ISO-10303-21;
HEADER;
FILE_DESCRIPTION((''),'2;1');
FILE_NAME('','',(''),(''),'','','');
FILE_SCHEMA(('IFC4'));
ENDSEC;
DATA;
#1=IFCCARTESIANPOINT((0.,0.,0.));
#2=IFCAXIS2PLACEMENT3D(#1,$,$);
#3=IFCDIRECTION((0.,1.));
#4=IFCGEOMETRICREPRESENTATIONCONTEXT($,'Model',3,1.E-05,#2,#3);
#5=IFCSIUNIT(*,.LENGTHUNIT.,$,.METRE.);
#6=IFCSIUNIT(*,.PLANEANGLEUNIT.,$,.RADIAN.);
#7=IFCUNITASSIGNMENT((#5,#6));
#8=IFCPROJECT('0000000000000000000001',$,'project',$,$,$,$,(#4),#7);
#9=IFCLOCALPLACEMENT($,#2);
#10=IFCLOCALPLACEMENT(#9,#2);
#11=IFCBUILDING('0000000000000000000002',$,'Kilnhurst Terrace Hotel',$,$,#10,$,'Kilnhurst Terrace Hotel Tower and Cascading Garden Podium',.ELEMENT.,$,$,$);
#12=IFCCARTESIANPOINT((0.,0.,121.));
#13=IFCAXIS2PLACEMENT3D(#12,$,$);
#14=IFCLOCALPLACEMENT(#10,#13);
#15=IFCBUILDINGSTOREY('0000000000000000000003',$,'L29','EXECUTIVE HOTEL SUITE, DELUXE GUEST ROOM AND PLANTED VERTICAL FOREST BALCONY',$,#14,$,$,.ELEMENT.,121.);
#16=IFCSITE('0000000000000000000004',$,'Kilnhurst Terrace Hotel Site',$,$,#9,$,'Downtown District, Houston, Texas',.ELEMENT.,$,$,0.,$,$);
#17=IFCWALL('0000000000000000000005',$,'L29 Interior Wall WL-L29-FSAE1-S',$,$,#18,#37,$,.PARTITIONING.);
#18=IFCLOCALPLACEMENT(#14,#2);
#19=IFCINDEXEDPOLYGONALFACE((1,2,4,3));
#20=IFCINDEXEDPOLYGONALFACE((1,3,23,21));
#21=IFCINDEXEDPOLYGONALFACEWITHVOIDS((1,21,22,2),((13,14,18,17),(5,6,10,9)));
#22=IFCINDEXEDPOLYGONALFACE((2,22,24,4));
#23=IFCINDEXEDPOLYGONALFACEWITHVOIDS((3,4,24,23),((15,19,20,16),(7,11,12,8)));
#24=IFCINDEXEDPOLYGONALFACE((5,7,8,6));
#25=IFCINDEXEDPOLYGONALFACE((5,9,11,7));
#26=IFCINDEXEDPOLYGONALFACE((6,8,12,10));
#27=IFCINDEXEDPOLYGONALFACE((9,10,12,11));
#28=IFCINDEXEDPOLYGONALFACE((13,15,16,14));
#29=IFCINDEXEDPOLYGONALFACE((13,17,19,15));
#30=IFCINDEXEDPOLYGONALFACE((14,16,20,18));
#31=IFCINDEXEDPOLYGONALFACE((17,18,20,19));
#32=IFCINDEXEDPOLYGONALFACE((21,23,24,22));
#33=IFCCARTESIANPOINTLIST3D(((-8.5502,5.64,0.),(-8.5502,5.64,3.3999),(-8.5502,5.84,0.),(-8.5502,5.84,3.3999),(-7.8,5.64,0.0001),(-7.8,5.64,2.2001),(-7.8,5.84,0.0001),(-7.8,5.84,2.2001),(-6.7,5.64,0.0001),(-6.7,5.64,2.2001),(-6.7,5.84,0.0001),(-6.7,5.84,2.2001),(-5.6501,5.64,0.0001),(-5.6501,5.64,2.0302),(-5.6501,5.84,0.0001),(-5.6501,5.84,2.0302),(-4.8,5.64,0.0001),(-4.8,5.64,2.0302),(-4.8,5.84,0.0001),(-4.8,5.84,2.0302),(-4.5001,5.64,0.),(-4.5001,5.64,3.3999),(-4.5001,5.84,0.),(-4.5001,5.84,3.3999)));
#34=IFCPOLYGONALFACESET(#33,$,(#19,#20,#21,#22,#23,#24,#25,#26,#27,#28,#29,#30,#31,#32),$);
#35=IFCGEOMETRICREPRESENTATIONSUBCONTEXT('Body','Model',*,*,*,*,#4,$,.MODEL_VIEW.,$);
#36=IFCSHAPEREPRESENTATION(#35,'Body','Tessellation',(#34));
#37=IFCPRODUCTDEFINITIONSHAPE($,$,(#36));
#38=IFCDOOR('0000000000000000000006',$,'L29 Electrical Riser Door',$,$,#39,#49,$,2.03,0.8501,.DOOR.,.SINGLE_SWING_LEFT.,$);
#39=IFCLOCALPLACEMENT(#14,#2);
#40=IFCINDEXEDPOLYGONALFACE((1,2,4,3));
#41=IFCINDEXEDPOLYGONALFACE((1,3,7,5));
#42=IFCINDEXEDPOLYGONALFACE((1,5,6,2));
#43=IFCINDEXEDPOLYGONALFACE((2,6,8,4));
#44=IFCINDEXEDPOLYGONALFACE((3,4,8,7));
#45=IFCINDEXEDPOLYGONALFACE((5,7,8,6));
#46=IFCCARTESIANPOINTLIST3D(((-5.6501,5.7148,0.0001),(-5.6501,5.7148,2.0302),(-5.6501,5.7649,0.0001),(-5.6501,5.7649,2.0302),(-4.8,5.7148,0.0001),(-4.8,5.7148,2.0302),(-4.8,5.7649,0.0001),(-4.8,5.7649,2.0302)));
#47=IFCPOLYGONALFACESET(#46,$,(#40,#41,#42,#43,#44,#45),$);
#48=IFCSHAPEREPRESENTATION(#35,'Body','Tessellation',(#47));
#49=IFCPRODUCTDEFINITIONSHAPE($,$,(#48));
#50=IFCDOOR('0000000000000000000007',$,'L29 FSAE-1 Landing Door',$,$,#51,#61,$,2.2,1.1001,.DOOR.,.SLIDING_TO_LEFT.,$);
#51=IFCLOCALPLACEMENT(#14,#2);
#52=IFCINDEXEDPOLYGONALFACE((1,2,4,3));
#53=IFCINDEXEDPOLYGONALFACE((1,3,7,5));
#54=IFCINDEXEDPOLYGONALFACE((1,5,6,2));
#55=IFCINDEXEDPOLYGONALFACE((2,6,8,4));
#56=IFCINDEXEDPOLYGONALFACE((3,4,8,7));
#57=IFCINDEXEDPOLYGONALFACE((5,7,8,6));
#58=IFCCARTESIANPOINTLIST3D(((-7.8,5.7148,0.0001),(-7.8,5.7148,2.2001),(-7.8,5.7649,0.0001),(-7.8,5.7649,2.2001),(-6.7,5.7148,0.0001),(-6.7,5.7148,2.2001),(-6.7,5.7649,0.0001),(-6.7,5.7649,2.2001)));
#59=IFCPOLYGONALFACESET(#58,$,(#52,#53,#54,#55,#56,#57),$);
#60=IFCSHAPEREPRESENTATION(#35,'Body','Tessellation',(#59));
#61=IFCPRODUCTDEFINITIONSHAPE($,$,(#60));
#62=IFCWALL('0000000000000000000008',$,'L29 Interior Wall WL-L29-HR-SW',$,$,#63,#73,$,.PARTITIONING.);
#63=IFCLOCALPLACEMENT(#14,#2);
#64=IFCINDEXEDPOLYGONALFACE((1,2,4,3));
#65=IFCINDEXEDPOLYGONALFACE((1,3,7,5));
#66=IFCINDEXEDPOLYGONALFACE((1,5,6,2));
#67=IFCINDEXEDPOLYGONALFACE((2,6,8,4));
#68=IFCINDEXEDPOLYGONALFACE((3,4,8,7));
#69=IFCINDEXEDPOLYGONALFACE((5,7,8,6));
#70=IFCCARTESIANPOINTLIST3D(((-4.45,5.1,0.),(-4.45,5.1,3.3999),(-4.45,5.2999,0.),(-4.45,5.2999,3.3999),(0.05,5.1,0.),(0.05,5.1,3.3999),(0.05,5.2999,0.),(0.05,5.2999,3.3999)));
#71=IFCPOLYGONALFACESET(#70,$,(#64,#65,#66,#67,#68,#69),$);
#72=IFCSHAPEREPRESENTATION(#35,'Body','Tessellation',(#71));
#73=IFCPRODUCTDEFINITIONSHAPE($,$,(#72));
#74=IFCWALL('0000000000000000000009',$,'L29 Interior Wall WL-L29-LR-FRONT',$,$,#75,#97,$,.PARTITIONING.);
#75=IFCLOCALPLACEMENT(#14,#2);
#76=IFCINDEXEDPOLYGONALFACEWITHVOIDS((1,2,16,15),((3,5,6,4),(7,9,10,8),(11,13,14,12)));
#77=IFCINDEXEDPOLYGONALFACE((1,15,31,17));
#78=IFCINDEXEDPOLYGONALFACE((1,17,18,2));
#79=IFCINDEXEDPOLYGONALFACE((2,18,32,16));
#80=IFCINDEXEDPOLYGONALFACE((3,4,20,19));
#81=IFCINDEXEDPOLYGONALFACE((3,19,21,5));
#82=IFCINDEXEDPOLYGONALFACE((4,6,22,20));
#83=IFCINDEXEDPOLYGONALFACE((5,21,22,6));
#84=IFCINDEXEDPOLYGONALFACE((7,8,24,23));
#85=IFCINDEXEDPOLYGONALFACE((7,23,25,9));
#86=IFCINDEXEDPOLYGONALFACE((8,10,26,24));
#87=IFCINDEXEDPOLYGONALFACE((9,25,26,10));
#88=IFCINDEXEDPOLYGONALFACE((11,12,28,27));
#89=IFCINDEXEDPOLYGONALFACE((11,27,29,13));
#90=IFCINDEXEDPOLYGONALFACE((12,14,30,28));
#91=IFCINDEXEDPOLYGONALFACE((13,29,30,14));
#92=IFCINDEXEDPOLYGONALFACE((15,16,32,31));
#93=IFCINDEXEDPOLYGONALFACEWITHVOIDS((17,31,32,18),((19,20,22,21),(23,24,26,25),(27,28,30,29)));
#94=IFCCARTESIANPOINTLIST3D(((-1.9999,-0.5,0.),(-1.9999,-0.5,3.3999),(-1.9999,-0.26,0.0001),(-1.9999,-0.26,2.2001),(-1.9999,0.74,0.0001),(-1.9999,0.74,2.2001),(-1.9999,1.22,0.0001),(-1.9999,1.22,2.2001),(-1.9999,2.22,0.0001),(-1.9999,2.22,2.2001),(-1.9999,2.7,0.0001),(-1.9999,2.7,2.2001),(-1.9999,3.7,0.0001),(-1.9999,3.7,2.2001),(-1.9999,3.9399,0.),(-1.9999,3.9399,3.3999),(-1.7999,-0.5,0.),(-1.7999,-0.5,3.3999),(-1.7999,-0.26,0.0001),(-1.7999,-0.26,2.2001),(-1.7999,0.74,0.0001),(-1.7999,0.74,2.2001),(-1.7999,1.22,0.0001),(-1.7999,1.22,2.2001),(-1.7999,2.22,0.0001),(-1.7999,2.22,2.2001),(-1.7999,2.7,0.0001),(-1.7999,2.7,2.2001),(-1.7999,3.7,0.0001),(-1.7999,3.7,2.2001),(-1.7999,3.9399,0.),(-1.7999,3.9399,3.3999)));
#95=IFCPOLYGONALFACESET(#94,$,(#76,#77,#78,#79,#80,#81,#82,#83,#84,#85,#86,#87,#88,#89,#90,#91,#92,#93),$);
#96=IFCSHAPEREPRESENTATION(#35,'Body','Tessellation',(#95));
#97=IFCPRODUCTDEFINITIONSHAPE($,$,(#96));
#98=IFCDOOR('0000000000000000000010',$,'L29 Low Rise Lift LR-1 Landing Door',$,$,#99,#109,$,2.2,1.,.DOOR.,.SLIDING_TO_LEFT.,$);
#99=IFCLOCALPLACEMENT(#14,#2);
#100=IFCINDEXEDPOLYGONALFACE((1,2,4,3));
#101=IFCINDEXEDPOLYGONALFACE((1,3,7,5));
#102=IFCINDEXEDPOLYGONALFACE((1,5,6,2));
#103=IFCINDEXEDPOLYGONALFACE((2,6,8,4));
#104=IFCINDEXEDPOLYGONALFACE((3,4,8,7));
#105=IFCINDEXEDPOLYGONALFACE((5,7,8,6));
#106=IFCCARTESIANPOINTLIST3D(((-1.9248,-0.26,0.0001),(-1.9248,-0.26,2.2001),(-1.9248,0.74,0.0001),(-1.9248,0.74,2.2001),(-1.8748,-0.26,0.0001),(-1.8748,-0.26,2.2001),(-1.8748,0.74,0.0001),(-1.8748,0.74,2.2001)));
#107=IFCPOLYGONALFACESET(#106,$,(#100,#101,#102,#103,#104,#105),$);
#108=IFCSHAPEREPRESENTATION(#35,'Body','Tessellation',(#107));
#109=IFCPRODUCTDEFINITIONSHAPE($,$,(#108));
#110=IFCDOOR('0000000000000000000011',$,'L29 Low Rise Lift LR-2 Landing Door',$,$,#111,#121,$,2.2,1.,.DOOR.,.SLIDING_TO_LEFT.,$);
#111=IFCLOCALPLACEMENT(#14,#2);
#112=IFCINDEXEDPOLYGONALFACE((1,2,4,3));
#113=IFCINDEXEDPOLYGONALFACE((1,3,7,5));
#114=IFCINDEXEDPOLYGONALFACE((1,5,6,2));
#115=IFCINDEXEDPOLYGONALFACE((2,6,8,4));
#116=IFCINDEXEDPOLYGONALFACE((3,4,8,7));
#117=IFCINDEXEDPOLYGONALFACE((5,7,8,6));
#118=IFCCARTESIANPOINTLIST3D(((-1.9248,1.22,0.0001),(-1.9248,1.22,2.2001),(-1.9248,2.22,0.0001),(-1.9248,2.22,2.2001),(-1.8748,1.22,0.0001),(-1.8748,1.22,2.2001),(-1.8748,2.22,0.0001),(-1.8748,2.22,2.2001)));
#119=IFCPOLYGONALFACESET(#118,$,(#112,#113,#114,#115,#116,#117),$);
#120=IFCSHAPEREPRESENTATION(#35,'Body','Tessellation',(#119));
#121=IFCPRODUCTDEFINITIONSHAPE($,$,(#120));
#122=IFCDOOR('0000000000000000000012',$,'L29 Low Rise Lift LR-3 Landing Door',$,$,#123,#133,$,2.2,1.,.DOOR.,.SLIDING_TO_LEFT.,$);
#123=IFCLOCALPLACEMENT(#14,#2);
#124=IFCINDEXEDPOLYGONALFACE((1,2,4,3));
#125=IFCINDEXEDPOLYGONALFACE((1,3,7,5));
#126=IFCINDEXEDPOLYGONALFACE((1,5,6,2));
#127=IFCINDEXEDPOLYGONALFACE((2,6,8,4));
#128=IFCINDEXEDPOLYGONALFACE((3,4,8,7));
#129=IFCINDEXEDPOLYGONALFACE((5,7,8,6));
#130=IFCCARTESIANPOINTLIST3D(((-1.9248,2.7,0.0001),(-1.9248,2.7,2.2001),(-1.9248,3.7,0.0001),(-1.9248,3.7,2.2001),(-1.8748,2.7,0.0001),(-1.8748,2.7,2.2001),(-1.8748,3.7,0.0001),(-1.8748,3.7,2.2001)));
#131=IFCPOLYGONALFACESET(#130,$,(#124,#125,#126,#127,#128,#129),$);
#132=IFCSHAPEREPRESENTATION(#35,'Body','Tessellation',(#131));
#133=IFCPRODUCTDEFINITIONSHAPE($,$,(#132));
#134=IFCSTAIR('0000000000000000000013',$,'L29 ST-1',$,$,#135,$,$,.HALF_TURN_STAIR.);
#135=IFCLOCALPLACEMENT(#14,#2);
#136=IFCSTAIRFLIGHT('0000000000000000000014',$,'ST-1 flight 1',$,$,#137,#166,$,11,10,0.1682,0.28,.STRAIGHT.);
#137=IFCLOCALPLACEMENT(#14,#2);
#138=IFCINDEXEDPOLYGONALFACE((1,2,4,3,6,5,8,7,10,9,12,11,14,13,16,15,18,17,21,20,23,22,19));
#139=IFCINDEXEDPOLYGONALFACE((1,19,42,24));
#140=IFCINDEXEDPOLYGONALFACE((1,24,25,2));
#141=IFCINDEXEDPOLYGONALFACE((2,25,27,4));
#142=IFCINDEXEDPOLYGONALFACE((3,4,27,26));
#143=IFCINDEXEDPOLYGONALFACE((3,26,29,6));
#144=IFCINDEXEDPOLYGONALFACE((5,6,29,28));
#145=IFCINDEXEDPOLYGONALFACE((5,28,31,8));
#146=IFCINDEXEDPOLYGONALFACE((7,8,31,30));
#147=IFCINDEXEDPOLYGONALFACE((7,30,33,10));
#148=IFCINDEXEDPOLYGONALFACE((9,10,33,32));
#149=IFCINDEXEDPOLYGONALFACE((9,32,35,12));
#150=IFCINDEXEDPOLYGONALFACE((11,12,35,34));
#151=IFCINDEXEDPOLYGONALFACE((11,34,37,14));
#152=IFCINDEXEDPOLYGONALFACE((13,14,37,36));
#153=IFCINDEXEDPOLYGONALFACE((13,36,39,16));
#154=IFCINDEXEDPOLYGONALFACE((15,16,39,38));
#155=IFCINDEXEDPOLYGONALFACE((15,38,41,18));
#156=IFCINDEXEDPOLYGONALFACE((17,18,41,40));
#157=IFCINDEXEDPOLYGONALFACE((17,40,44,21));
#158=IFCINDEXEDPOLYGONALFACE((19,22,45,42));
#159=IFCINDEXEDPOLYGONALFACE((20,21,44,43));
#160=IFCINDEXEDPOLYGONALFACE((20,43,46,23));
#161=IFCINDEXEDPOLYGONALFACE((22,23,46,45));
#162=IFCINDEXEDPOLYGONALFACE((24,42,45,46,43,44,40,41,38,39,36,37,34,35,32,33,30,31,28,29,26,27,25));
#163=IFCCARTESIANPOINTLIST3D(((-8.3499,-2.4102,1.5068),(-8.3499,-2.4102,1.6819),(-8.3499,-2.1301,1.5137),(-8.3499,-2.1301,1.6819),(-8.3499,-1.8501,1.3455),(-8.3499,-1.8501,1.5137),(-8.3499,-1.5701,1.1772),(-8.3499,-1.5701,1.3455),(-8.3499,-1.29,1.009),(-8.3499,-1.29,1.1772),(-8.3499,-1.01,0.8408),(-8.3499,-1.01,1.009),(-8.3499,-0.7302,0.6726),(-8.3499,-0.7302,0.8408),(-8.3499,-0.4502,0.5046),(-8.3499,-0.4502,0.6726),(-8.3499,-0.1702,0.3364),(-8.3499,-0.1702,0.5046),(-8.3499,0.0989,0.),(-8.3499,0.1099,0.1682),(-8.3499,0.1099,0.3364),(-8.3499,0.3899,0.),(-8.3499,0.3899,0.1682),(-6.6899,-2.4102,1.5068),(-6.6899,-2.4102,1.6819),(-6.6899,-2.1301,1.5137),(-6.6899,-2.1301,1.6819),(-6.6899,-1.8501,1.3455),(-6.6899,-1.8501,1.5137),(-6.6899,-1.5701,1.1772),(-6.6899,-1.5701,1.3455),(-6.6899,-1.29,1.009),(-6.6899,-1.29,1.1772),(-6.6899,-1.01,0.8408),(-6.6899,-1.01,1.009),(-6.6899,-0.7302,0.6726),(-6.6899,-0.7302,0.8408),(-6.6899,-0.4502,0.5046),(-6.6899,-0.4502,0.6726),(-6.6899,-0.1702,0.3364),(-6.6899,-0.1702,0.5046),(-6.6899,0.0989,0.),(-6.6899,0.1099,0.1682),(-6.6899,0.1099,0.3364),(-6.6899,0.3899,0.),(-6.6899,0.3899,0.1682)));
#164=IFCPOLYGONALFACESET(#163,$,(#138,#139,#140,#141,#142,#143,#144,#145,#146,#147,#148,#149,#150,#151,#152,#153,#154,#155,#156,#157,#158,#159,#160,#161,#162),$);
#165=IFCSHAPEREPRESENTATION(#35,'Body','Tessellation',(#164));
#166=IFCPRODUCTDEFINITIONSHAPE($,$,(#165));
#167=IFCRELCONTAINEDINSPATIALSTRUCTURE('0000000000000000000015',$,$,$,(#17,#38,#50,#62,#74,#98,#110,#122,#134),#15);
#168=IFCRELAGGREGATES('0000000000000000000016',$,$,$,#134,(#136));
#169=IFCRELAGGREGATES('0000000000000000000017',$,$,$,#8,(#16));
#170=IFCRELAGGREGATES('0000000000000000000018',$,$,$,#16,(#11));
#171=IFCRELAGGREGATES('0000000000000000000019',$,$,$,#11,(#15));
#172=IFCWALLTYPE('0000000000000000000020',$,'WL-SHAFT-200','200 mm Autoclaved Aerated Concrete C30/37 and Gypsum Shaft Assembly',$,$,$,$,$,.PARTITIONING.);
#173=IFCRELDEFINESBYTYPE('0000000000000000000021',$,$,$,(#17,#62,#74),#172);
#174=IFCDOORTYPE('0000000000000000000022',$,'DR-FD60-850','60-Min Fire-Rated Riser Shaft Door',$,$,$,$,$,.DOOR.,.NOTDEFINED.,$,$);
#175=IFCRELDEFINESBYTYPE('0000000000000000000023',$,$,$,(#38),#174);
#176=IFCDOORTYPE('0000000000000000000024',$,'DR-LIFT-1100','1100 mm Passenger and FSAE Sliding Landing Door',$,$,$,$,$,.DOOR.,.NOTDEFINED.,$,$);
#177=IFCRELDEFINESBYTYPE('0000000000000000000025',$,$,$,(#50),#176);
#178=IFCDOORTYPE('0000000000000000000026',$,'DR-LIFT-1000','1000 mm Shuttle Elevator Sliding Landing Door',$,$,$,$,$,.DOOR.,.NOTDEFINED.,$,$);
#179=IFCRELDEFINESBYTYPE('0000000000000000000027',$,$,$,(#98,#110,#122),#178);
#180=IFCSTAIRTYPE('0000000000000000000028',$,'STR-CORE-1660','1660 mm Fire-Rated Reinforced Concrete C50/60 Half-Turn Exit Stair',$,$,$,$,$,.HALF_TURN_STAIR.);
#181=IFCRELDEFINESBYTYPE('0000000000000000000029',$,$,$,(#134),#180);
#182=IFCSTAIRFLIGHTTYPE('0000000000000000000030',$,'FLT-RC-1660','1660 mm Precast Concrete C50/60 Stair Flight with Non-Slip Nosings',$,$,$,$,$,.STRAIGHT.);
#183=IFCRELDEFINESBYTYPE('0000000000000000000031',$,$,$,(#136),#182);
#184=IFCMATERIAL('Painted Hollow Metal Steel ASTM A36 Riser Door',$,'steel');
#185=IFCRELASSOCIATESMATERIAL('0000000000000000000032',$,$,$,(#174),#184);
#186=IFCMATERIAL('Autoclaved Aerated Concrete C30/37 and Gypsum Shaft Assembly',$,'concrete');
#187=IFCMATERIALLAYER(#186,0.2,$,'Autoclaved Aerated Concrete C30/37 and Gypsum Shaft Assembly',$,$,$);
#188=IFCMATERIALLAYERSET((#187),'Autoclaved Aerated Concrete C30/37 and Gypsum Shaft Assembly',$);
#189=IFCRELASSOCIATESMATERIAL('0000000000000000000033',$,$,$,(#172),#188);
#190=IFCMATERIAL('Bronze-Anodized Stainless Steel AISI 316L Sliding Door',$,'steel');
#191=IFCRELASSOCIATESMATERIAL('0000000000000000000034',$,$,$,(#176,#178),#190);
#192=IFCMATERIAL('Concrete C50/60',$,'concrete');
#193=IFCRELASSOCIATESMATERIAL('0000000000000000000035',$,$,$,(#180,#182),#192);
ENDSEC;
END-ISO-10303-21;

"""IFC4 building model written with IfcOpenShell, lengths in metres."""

from ifc_helpers import new_model, si_unit, direction, frame, frame_2d, origin, place, context, subcontext, project, spatial, polyline, rectangle, outline, extrude, material, layer, layer_set, type_object, element, fill, aggregate, save


model = new_model("IFC4")

# Units and contexts
model_context = context("Model", 3, precision=1e-05, world=origin(), true_north=direction((0.0, 1.0)))
body_context = subcontext(model_context, "Body", "Model", "MODEL_VIEW")
ifc_project = project(units=[si_unit("LENGTHUNIT", "METRE"), si_unit("PLANEANGLEUNIT", "RADIAN")], contexts=[model_context])

# Site, building, storey
site_placement = place(None, origin())
site = spatial("IfcSite", under=ifc_project, at=site_placement, Name="Kilnhurst Terrace Hotel Site", LongName="Downtown District, Houston, Texas", CompositionType="ELEMENT", RefElevation=0.0)
building_placement = place(site_placement, origin())
building = spatial("IfcBuilding", under=site, at=building_placement, Name="Kilnhurst Terrace Hotel", LongName="Kilnhurst Terrace Hotel Tower and Cascading Garden Podium", CompositionType="ELEMENT")
storey_placement = place(building_placement, frame((0.0, 0.0, 121.0)))
storey = spatial("IfcBuildingStorey", under=building, at=storey_placement, Name="L29", Description="EXECUTIVE HOTEL SUITE, DELUXE GUEST ROOM AND PLANTED VERTICAL FOREST BALCONY", CompositionType="ELEMENT", Elevation=121.0)

# Wall, openings, doors
ifc_material_1 = material(Name="Painted Hollow Metal Steel ASTM A36 Riser Door", Category="steel")
door_type_1 = type_object("IfcDoorType", Name="DR-FD60-850", Description="60-Min Fire-Rated Riser Shaft Door", OperationType="NOTDEFINED", PredefinedType="DOOR", material=ifc_material_1)
ifc_material_2 = material(Name="Autoclaved Aerated Concrete C30/37 and Gypsum Shaft Assembly", Category="concrete")
ifc_layer_1 = layer(ifc_material_2, 0.2, Name="Autoclaved Aerated Concrete C30/37 and Gypsum Shaft Assembly")
ifc_layer_set_1 = layer_set([ifc_layer_1], Name="Autoclaved Aerated Concrete C30/37 and Gypsum Shaft Assembly")
wall_type_1 = type_object("IfcWallType", Name="WL-SHAFT-200", Description="200 mm Autoclaved Aerated Concrete C30/37 and Gypsum Shaft Assembly", PredefinedType="PARTITIONING", material=ifc_layer_set_1)
wall_1_placement = place(storey_placement, frame((-8.55, 5.74, 0.0), z_axis=(0.0, 0.0, 1.0), x_axis=(1.0, 0.0, 0.0)))
wall_1 = element("IfcWall", 1, at=wall_1_placement, inside=storey, type_object=wall_type_1, Name="L29 Interior Wall WL-L29-FSAE1-S", PredefinedType="PARTITIONING", context=body_context, shape_type="SweptSolid", body=[
    extrude(rectangle(XDim=4.05, YDim=0.2, at=frame_2d((2.0249, 0.0))), origin(), (0.0, 0.0, 1.0), 3.3999),
])
opening_1_placement = place(wall_1_placement, frame((0.75, 0.0, 0.0)))
opening_1 = element("IfcOpeningElement", 2, at=opening_1_placement, cuts=wall_1, PredefinedType="OPENING", context=body_context, shape_type="SweptSolid", body=[
    extrude(rectangle(XDim=1.1001, YDim=2.2, at=frame_2d((0.55, 1.1001))), frame((0.0, 0.1099, 0.0), z_axis=(0.0, -1.0, 0.0), x_axis=(1.0, 0.0, 0.0)), (0.0, 0.0, 1.0), 0.22),
])
opening_2_placement = place(wall_1_placement, frame((2.8999, 0.0, 0.0)))
opening_2 = element("IfcOpeningElement", 3, at=opening_2_placement, cuts=wall_1, PredefinedType="OPENING", context=body_context, shape_type="SweptSolid", body=[
    extrude(rectangle(XDim=0.8501, YDim=2.03, at=frame_2d((0.425, 1.0151))), frame((0.0, 0.1099, 0.0), z_axis=(0.0, -1.0, 0.0), x_axis=(1.0, 0.0, 0.0)), (0.0, 0.0, 1.0), 0.22),
])
door_1_placement = place(opening_2_placement, origin())
door_1 = element("IfcDoor", 4, at=door_1_placement, inside=storey, type_object=door_type_1, Name="L29 Electrical Riser Door", OperationType="SINGLE_SWING_LEFT", OverallHeight=2.03, OverallWidth=0.8501, PredefinedType="DOOR", context=body_context, shape_type="SweptSolid", body=[
    extrude(rectangle(XDim=0.8501, YDim=2.03, at=frame_2d((0.425, 1.0151))), frame((0.0, 0.0249, 0.0), z_axis=(0.0, -1.0, 0.0), x_axis=(1.0, 0.0, 0.0)), (0.0, 0.0, 1.0), 0.05),
])
fill(opening_2, door_1)
ifc_material_3 = material(Name="Bronze-Anodized Stainless Steel AISI 316L Sliding Door", Category="steel")
door_type_2 = type_object("IfcDoorType", Name="DR-LIFT-1100", Description="1100 mm Passenger and FSAE Sliding Landing Door", OperationType="NOTDEFINED", PredefinedType="DOOR", material=ifc_material_3)
door_2_placement = place(opening_1_placement, origin())
door_2 = element("IfcDoor", 5, at=door_2_placement, inside=storey, type_object=door_type_2, Name="L29 FSAE-1 Landing Door", OperationType="SLIDING_TO_LEFT", OverallHeight=2.2, OverallWidth=1.1001, PredefinedType="DOOR", context=body_context, shape_type="SweptSolid", body=[
    extrude(rectangle(XDim=1.1001, YDim=2.2, at=frame_2d((0.55, 1.1001))), frame((0.0, 0.0249, 0.0), z_axis=(0.0, -1.0, 0.0), x_axis=(1.0, 0.0, 0.0)), (0.0, 0.0, 1.0), 0.05),
])
fill(opening_1, door_2)

# Wall
wall_2_placement = place(storey_placement, frame((-4.45, 5.2, 0.0), z_axis=(0.0, 0.0, 1.0), x_axis=(1.0, 0.0, 0.0)))
element("IfcWall", 6, at=wall_2_placement, inside=storey, type_object=wall_type_1, Name="L29 Interior Wall WL-L29-HR-SW", PredefinedType="PARTITIONING", context=body_context, shape_type="SweptSolid", body=[
    extrude(rectangle(XDim=4.5, YDim=0.2, at=frame_2d((2.25, 0.0))), origin(), (0.0, 0.0, 1.0), 3.3999),
])

# Wall, openings, doors
wall_3_placement = place(storey_placement, frame((-1.8999, -0.5, 0.0), z_axis=(0.0, 0.0, 1.0), x_axis=(0.0, 1.0, 0.0)))
wall_3 = element("IfcWall", 7, at=wall_3_placement, inside=storey, type_object=wall_type_1, Name="L29 Interior Wall WL-L29-LR-FRONT", PredefinedType="PARTITIONING", context=body_context, shape_type="SweptSolid", body=[
    extrude(rectangle(XDim=4.4399, YDim=0.2, at=frame_2d((2.22, 0.0))), origin(), (0.0, 0.0, 1.0), 3.3999),
])
opening_3_placement = place(wall_3_placement, frame((0.24, 0.0, 0.0)))
opening_3 = element("IfcOpeningElement", 8, at=opening_3_placement, cuts=wall_3, PredefinedType="OPENING", context=body_context, shape_type="SweptSolid", body=[
    extrude(rectangle(XDim=1.0, YDim=2.2, at=frame_2d((0.5, 1.1001))), frame((0.0, 0.1099, 0.0), z_axis=(0.0, -1.0, 0.0), x_axis=(1.0, 0.0, 0.0)), (0.0, 0.0, 1.0), 0.22),
])
opening_4_placement = place(wall_3_placement, frame((1.72, 0.0, 0.0)))
opening_4 = element("IfcOpeningElement", 9, at=opening_4_placement, cuts=wall_3, PredefinedType="OPENING", context=body_context, shape_type="SweptSolid", body=[
    extrude(rectangle(XDim=1.0, YDim=2.2, at=frame_2d((0.5, 1.1001))), frame((0.0, 0.1099, 0.0), z_axis=(0.0, -1.0, 0.0), x_axis=(1.0, 0.0, 0.0)), (0.0, 0.0, 1.0), 0.22),
])
opening_5_placement = place(wall_3_placement, frame((3.2, 0.0, 0.0)))
opening_5 = element("IfcOpeningElement", 10, at=opening_5_placement, cuts=wall_3, PredefinedType="OPENING", context=body_context, shape_type="SweptSolid", body=[
    extrude(rectangle(XDim=1.0, YDim=2.2, at=frame_2d((0.5, 1.1001))), frame((0.0, 0.1099, 0.0), z_axis=(0.0, -1.0, 0.0), x_axis=(1.0, 0.0, 0.0)), (0.0, 0.0, 1.0), 0.22),
])
door_type_3 = type_object("IfcDoorType", Name="DR-LIFT-1000", Description="1000 mm Shuttle Elevator Sliding Landing Door", OperationType="NOTDEFINED", PredefinedType="DOOR", material=ifc_material_3)
door_3_placement = place(opening_3_placement, origin())
door_3 = element("IfcDoor", 11, at=door_3_placement, inside=storey, type_object=door_type_3, Name="L29 Low Rise Lift LR-1 Landing Door", OperationType="SLIDING_TO_LEFT", OverallHeight=2.2, OverallWidth=1.0, PredefinedType="DOOR", context=body_context, shape_type="SweptSolid", body=[
    extrude(rectangle(XDim=1.0, YDim=2.2, at=frame_2d((0.5, 1.1001))), frame((0.0, 0.0249, 0.0), z_axis=(0.0, -1.0, 0.0), x_axis=(1.0, 0.0, 0.0)), (0.0, 0.0, 1.0), 0.05),
])
fill(opening_3, door_3)
door_4_placement = place(opening_4_placement, origin())
door_4 = element("IfcDoor", 12, at=door_4_placement, inside=storey, type_object=door_type_3, Name="L29 Low Rise Lift LR-2 Landing Door", OperationType="SLIDING_TO_LEFT", OverallHeight=2.2, OverallWidth=1.0, PredefinedType="DOOR", context=body_context, shape_type="SweptSolid", body=[
    extrude(rectangle(XDim=1.0, YDim=2.2, at=frame_2d((0.5, 1.1001))), frame((0.0, 0.0249, 0.0), z_axis=(0.0, -1.0, 0.0), x_axis=(1.0, 0.0, 0.0)), (0.0, 0.0, 1.0), 0.05),
])
fill(opening_4, door_4)
door_5_placement = place(opening_5_placement, origin())
door_5 = element("IfcDoor", 13, at=door_5_placement, inside=storey, type_object=door_type_3, Name="L29 Low Rise Lift LR-3 Landing Door", OperationType="SLIDING_TO_LEFT", OverallHeight=2.2, OverallWidth=1.0, PredefinedType="DOOR", context=body_context, shape_type="SweptSolid", body=[
    extrude(rectangle(XDim=1.0, YDim=2.2, at=frame_2d((0.5, 1.1001))), frame((0.0, 0.0249, 0.0), z_axis=(0.0, -1.0, 0.0), x_axis=(1.0, 0.0, 0.0)), (0.0, 0.0, 1.0), 0.05),
])
fill(opening_5, door_5)

# Shared definitions
ifc_material_4 = material(Name="Concrete C50/60", Category="concrete")

# Stair, stair flight
stair_type = type_object("IfcStairType", Name="STR-CORE-1660", Description="1660 mm Fire-Rated Reinforced Concrete C50/60 Half-Turn Exit Stair", PredefinedType="HALF_TURN_STAIR", material=ifc_material_4)
stair_placement = place(storey_placement, origin())
stair = element("IfcStair", 14, at=stair_placement, inside=storey, type_object=stair_type, Name="L29 ST-1", PredefinedType="HALF_TURN_STAIR")
stair_flight_type = type_object("IfcStairFlightType", Name="FLT-RC-1660", Description="1660 mm Precast Concrete C50/60 Stair Flight with Non-Slip Nosings", PredefinedType="STRAIGHT", material=ifc_material_4)
stair_flight_placement = place(storey_placement, frame((-7.52, 0.3899, 0.0), z_axis=(0.0, 0.0, 1.0), x_axis=(0.0, -1.0, 0.0)))
stair_flight = element("IfcStairFlight", 15, at=stair_flight_placement, type_object=stair_flight_type, Name="ST-1 flight 1", NumberOfRisers=11, NumberOfTreads=10, PredefinedType="STRAIGHT", RiserHeight=0.1682, TreadLength=0.28, context=body_context, shape_type="SweptSolid", body=[
    extrude(outline(polyline([(0.0, 0.0), (0.0, 0.1682), (0.28, 0.1682), (0.28, 0.3364), (0.5601, 0.3364), (0.5601, 0.5046), (0.8401, 0.5046), (0.8401, 0.6726), (1.1201, 0.6726), (1.1201, 0.8408), (1.3999, 0.8408), (1.3999, 1.009), (1.6799, 1.009), (1.6799, 1.1772), (1.96, 1.1772), (1.96, 1.3455), (2.24, 1.3455), (2.24, 1.5137), (2.52, 1.5137), (2.52, 1.6819), (2.8, 1.6819), (2.8, 1.8501), (2.8, 1.5068), (0.291, 0.0), (0.0, 0.0)])), frame((0.0, 0.8301, 0.0), z_axis=(0.0, -1.0, 0.0), x_axis=(1.0, 0.0, 0.0)), (0.0, 0.0, 1.0), 1.6599),
])
aggregate(stair, [stair_flight])

save(model, "model.ifc")
